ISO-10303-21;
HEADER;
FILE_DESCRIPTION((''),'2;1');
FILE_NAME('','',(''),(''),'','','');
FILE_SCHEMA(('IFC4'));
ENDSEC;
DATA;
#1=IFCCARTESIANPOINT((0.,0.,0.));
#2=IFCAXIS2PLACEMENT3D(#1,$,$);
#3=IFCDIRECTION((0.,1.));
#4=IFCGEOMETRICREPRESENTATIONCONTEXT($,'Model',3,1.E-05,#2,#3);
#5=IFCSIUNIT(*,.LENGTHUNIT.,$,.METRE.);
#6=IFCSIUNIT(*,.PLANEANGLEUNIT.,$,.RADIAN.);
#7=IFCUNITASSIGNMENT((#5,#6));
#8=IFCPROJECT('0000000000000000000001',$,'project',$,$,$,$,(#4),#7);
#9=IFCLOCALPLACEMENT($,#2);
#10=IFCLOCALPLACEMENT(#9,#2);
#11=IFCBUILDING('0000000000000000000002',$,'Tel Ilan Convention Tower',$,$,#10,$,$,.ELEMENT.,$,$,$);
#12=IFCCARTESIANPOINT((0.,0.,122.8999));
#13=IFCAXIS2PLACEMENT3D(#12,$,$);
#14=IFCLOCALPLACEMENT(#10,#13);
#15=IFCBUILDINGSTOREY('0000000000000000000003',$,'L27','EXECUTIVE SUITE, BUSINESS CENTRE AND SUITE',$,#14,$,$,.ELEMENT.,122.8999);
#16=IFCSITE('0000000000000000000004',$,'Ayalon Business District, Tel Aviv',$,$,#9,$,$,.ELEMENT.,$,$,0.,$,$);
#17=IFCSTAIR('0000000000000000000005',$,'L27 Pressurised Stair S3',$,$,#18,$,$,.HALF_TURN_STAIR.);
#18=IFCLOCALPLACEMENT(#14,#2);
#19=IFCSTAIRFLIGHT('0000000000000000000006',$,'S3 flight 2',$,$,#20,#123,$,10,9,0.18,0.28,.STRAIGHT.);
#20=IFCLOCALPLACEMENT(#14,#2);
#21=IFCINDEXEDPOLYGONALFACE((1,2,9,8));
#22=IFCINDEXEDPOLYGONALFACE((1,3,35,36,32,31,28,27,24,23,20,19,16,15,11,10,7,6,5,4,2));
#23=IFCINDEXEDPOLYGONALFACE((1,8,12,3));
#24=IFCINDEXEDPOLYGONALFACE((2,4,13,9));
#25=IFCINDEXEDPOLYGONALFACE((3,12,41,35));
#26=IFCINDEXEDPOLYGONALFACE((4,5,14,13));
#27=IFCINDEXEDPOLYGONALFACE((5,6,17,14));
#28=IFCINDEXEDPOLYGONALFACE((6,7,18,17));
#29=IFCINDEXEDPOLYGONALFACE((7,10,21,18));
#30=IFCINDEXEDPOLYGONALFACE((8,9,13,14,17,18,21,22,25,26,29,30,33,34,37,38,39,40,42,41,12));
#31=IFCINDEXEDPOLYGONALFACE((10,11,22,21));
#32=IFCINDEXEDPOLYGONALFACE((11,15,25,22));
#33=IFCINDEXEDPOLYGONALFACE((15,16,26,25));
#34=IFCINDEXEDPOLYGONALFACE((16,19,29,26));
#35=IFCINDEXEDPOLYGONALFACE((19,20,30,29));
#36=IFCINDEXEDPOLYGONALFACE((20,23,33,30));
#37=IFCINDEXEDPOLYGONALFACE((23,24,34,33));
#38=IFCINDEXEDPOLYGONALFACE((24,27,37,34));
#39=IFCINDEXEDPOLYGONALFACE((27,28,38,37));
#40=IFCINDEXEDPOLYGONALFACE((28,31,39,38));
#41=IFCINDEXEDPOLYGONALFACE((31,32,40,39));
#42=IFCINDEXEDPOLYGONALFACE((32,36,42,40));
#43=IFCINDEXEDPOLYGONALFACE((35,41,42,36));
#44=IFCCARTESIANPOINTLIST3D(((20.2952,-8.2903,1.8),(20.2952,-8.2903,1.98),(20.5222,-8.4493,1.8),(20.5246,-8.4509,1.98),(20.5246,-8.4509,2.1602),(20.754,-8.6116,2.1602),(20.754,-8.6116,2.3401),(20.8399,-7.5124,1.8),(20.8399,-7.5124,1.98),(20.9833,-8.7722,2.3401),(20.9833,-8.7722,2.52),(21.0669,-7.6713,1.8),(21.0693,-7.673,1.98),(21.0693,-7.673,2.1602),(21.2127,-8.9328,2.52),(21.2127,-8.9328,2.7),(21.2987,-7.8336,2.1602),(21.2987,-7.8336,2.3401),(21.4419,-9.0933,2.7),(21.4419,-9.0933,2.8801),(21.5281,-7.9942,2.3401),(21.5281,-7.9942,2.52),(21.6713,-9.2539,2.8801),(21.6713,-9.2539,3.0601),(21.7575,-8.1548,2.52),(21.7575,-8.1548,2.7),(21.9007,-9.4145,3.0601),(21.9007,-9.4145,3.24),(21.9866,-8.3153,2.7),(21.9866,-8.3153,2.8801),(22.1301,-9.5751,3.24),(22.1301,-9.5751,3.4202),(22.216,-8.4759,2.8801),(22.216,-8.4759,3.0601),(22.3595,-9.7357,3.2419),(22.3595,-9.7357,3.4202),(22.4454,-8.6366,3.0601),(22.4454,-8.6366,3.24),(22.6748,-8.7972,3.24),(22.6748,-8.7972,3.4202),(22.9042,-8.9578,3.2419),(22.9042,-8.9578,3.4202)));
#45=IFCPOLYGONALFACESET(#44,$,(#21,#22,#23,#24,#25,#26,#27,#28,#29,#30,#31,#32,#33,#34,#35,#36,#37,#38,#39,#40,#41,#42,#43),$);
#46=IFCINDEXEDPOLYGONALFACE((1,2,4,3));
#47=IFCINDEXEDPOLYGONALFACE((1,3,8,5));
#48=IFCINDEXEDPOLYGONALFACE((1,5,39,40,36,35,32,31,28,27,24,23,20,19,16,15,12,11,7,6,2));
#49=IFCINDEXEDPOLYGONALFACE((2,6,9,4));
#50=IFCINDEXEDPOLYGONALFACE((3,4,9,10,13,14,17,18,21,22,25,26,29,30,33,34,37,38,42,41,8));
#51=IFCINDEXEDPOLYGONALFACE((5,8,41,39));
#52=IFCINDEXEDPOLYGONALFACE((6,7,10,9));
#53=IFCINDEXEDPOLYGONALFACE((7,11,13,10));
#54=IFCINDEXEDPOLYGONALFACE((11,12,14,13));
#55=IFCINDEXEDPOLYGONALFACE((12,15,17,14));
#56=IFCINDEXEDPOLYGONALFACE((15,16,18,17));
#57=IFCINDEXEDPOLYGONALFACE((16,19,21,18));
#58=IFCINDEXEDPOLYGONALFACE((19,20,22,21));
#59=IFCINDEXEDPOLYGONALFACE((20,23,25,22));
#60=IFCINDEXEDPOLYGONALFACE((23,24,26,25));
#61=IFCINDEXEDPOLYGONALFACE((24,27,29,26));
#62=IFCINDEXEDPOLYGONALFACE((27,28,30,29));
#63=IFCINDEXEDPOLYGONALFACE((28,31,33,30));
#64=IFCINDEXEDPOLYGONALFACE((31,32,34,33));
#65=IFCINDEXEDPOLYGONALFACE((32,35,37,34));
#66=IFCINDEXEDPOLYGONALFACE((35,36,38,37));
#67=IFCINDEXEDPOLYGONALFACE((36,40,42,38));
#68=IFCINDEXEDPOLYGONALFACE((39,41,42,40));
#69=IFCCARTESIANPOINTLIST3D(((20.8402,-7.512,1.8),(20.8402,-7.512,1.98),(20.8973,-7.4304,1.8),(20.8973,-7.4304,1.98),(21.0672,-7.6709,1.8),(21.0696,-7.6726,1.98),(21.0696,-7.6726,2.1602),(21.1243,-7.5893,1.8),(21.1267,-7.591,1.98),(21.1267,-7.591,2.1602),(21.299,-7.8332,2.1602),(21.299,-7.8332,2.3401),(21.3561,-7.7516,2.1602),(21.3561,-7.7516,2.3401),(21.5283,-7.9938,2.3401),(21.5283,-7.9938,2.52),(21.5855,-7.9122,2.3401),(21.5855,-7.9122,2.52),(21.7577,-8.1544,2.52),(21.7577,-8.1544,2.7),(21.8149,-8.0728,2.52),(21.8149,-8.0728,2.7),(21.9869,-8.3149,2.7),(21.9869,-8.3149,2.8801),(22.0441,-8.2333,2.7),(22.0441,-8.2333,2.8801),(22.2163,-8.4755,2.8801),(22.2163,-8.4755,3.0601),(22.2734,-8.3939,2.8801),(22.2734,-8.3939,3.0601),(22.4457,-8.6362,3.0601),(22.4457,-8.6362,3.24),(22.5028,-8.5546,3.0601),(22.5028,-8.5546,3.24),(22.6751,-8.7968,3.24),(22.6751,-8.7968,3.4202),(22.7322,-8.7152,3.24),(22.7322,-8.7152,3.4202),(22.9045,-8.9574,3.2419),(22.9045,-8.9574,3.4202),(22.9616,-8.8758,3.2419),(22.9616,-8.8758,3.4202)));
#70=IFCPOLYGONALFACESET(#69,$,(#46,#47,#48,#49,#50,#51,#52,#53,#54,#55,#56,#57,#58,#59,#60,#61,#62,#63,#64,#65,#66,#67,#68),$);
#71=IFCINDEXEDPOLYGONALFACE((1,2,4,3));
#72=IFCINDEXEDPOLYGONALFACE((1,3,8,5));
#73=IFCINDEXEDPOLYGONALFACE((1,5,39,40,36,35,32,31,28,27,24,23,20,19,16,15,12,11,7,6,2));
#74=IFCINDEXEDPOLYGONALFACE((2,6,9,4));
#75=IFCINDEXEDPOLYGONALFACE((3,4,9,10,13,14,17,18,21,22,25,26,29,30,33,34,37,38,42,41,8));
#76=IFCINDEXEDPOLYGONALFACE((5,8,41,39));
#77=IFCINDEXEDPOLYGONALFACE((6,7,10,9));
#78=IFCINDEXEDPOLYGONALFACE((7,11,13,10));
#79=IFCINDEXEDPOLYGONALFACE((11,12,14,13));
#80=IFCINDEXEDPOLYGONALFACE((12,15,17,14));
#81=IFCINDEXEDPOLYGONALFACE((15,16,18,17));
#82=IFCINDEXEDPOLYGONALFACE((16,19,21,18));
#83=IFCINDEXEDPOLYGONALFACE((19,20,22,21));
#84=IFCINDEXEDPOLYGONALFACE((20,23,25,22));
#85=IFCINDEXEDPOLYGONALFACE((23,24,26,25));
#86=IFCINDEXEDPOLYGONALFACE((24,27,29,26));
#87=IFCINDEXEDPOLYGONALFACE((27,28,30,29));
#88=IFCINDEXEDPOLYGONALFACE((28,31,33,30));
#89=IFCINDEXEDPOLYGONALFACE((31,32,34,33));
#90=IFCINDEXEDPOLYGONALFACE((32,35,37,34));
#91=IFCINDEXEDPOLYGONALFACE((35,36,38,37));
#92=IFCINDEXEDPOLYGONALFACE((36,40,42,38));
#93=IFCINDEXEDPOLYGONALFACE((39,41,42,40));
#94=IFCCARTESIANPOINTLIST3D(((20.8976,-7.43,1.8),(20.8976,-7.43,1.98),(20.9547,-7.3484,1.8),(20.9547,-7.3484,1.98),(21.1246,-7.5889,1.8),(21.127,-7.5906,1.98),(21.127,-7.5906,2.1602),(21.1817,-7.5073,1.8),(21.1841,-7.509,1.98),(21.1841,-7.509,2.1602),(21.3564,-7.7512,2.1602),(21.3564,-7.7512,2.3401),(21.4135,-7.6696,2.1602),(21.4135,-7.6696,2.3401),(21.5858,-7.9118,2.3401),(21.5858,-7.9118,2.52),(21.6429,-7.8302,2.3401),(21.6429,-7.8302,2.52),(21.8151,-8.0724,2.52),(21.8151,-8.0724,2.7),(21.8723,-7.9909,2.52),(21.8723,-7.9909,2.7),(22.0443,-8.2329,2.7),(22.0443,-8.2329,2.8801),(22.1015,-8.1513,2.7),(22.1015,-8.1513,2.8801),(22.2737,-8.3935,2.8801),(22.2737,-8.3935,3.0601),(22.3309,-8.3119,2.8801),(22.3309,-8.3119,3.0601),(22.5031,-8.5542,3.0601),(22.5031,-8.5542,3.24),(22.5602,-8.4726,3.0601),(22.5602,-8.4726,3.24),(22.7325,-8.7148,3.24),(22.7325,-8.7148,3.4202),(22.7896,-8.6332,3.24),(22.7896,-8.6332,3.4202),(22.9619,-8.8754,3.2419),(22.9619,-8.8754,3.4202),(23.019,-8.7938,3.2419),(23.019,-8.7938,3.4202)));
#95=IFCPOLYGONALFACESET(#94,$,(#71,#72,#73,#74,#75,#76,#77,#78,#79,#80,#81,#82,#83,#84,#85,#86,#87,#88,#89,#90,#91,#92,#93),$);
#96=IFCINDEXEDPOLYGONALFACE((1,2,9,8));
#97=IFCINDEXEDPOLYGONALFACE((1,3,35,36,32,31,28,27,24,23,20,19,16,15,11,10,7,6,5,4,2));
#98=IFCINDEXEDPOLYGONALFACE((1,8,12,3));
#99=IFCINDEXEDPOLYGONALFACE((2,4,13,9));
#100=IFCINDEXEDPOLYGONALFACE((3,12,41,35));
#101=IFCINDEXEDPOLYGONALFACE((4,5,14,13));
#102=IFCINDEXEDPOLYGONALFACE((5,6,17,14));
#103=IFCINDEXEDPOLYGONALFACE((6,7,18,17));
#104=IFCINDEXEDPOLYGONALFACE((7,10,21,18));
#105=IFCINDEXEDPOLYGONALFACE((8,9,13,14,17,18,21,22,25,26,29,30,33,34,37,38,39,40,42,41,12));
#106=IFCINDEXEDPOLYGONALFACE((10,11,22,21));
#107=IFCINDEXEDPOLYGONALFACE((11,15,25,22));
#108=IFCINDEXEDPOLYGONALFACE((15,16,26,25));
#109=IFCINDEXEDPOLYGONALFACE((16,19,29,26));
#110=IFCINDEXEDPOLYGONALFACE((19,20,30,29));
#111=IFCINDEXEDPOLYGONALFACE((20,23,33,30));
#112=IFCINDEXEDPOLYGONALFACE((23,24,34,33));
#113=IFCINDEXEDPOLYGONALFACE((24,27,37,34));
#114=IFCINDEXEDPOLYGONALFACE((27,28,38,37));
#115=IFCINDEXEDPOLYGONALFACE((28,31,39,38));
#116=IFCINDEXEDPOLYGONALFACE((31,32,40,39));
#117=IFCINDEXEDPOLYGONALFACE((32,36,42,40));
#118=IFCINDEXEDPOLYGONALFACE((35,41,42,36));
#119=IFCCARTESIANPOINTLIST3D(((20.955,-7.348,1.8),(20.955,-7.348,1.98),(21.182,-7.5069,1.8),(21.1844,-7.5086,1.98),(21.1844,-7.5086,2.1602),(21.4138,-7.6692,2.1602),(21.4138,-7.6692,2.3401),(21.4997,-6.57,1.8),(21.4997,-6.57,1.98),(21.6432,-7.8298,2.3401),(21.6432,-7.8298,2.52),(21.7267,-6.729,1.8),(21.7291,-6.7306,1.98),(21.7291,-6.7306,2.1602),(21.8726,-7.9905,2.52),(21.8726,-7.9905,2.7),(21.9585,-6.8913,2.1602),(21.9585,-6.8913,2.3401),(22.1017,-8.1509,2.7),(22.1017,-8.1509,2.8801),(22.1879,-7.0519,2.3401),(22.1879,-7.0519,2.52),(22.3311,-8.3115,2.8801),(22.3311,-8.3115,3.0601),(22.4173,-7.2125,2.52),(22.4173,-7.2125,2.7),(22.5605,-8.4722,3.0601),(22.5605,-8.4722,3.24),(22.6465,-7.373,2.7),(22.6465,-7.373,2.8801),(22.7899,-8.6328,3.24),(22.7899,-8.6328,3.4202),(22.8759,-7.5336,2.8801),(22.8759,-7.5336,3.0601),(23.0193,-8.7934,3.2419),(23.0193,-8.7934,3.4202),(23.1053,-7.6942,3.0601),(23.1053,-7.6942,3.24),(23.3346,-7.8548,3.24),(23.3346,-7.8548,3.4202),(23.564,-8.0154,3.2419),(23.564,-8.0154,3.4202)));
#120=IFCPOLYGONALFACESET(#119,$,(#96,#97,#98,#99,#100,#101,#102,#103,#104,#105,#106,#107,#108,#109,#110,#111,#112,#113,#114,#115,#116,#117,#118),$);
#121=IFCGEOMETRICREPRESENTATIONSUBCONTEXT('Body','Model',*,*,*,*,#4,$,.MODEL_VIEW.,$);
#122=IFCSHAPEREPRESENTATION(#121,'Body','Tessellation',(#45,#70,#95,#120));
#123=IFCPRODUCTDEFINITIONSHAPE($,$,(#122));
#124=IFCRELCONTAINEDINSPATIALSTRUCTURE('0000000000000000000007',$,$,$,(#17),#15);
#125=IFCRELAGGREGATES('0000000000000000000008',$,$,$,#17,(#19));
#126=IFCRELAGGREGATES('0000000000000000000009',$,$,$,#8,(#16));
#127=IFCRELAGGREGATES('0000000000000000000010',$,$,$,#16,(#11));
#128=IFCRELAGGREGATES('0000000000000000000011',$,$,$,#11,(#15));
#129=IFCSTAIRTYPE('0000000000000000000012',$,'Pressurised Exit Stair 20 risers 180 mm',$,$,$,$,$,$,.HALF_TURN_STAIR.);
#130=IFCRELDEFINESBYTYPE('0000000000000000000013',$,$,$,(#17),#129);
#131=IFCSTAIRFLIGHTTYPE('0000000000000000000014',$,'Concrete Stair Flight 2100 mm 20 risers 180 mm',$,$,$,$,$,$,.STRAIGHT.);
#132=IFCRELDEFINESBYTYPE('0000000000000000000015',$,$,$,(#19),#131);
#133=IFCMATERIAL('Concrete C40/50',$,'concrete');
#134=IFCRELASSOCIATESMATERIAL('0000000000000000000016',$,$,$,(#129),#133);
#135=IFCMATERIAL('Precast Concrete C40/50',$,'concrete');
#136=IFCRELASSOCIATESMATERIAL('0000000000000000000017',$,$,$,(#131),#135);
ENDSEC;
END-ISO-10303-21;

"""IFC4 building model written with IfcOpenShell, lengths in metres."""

from ifc_helpers import new_model, si_unit, direction, frame, origin, place, context, subcontext, project, spatial, polyline, outline, extrude, material, type_object, element, aggregate, save


model = new_model("IFC4")

# Units and contexts
model_context = context("Model", 3, precision=1e-05, world=origin(), true_north=direction((0.0, 1.0)))
body_context = subcontext(model_context, "Body", "Model", "MODEL_VIEW")
ifc_project = project(units=[si_unit("LENGTHUNIT", "METRE"), si_unit("PLANEANGLEUNIT", "RADIAN")], contexts=[model_context])

# Site, building, storey
site_placement = place(None, origin())
site = spatial("IfcSite", under=ifc_project, at=site_placement, Name="Ayalon Business District, Tel Aviv", CompositionType="ELEMENT", RefElevation=0.0)
building_placement = place(site_placement, origin())
building = spatial("IfcBuilding", under=site, at=building_placement, Name="Tel Ilan Convention Tower", CompositionType="ELEMENT")
storey_placement = place(building_placement, frame((0.0, 0.0, 122.8999)))
storey = spatial("IfcBuildingStorey", under=building, at=storey_placement, Name="L27", Description="EXECUTIVE SUITE, BUSINESS CENTRE AND SUITE", CompositionType="ELEMENT", Elevation=122.8999)

# Stair, stair flight
ifc_material_1 = material(Name="Concrete C40/50", Category="concrete")
stair_type = type_object("IfcStairType", Name="Pressurised Exit Stair 20 risers 180 mm", PredefinedType="HALF_TURN_STAIR", material=ifc_material_1)
stair_1_placement = place(storey_placement, origin())
stair_1 = element("IfcStair", 1, at=stair_1_placement, inside=storey, type_object=stair_type, Name="L27 Pressurised Stair S3", PredefinedType="HALF_TURN_STAIR")
ifc_material_2 = material(Name="Precast Concrete C40/50", Category="concrete")
stair_flight_type = type_object("IfcStairFlightType", Name="Concrete Stair Flight 2100 mm 20 risers 180 mm", PredefinedType="STRAIGHT", material=ifc_material_2)
stair_flight_1_placement = place(storey_placement, frame((20.8975, -7.4302, 1.8), z_axis=(0.0, 0.0, 1.0), x_axis=(0.819152, -0.573576, 0.0)))
stair_flight_1 = element("IfcStairFlight", 2, at=stair_flight_1_placement, type_object=stair_flight_type, Name="S3 flight 2", NumberOfRisers=10, NumberOfTreads=9, PredefinedType="STRAIGHT", RiserHeight=0.18, TreadLength=0.28, context=body_context, shape_type="SweptSolid", body=[
    extrude(outline(polyline([(0.0, 0.0), (0.0, 0.1799), (0.28, 0.1799), (0.28, 0.3601), (0.5601, 0.3601), (0.5601, 0.54), (0.8401, 0.54), (0.8401, 0.72), (1.1201, 0.72), (1.1201, 0.8999), (1.3999, 0.8999), (1.3999, 1.0801), (1.6799, 1.0801), (1.6799, 1.26), (1.96, 1.26), (1.96, 1.4399), (2.24, 1.4399), (2.24, 1.6201), (2.52, 1.6201), (2.52, 1.8), (2.52, 1.4419), (0.2771, 0.0), (0.0, 0.0)])), frame((0.0, -0.1003, 0.0), z_axis=(0.0, -1.0, 0.0), x_axis=(1.0, 0.0, 0.0)), (0.0, 0.0, 1.0), 0.9497),
    extrude(outline(polyline([(0.0, 0.0), (0.0, 0.1799), (0.28, 0.1799), (0.28, 0.3601), (0.5601, 0.3601), (0.5601, 0.54), (0.8401, 0.54), (0.8401, 0.72), (1.1201, 0.72), (1.1201, 0.8999), (1.3999, 0.8999), (1.3999, 1.0801), (1.6799, 1.0801), (1.6799, 1.26), (1.96, 1.26), (1.96, 1.4399), (2.24, 1.4399), (2.24, 1.6201), (2.52, 1.6201), (2.52, 1.8), (2.52, 1.4419), (0.2771, 0.0), (0.0, 0.0)])), frame((0.0, -0.0002, 0.0), z_axis=(0.0, -1.0, 0.0), x_axis=(1.0, 0.0, 0.0)), (0.0, 0.0, 1.0), 0.0996),
    extrude(outline(polyline([(0.0, 0.0), (0.0, 0.1799), (0.28, 0.1799), (0.28, 0.3601), (0.5601, 0.3601), (0.5601, 0.54), (0.8401, 0.54), (0.8401, 0.72), (1.1201, 0.72), (1.1201, 0.8999), (1.3999, 0.8999), (1.3999, 1.0801), (1.6799, 1.0801), (1.6799, 1.26), (1.96, 1.26), (1.96, 1.4399), (2.24, 1.4399), (2.24, 1.6201), (2.52, 1.6201), (2.52, 1.8), (2.52, 1.4419), (0.2771, 0.0), (0.0, 0.0)])), frame((0.0, 0.0999, 0.0), z_axis=(0.0, -1.0, 0.0), x_axis=(1.0, 0.0, 0.0)), (0.0, 0.0, 1.0), 0.0996),
    extrude(outline(polyline([(0.0, 0.0), (0.0, 0.1799), (0.28, 0.1799), (0.28, 0.3601), (0.5601, 0.3601), (0.5601, 0.54), (0.8401, 0.54), (0.8401, 0.72), (1.1201, 0.72), (1.1201, 0.8999), (1.3999, 0.8999), (1.3999, 1.0801), (1.6799, 1.0801), (1.6799, 1.26), (1.96, 1.26), (1.96, 1.4399), (2.24, 1.4399), (2.24, 1.6201), (2.52, 1.6201), (2.52, 1.8), (2.52, 1.4419), (0.2771, 0.0), (0.0, 0.0)])), frame((0.0, 1.05, 0.0), z_axis=(0.0, -1.0, 0.0), x_axis=(1.0, 0.0, 0.0)), (0.0, 0.0, 1.0), 0.9497),
])
aggregate(stair_1, [stair_flight_1])

save(model, "model.ifc")
